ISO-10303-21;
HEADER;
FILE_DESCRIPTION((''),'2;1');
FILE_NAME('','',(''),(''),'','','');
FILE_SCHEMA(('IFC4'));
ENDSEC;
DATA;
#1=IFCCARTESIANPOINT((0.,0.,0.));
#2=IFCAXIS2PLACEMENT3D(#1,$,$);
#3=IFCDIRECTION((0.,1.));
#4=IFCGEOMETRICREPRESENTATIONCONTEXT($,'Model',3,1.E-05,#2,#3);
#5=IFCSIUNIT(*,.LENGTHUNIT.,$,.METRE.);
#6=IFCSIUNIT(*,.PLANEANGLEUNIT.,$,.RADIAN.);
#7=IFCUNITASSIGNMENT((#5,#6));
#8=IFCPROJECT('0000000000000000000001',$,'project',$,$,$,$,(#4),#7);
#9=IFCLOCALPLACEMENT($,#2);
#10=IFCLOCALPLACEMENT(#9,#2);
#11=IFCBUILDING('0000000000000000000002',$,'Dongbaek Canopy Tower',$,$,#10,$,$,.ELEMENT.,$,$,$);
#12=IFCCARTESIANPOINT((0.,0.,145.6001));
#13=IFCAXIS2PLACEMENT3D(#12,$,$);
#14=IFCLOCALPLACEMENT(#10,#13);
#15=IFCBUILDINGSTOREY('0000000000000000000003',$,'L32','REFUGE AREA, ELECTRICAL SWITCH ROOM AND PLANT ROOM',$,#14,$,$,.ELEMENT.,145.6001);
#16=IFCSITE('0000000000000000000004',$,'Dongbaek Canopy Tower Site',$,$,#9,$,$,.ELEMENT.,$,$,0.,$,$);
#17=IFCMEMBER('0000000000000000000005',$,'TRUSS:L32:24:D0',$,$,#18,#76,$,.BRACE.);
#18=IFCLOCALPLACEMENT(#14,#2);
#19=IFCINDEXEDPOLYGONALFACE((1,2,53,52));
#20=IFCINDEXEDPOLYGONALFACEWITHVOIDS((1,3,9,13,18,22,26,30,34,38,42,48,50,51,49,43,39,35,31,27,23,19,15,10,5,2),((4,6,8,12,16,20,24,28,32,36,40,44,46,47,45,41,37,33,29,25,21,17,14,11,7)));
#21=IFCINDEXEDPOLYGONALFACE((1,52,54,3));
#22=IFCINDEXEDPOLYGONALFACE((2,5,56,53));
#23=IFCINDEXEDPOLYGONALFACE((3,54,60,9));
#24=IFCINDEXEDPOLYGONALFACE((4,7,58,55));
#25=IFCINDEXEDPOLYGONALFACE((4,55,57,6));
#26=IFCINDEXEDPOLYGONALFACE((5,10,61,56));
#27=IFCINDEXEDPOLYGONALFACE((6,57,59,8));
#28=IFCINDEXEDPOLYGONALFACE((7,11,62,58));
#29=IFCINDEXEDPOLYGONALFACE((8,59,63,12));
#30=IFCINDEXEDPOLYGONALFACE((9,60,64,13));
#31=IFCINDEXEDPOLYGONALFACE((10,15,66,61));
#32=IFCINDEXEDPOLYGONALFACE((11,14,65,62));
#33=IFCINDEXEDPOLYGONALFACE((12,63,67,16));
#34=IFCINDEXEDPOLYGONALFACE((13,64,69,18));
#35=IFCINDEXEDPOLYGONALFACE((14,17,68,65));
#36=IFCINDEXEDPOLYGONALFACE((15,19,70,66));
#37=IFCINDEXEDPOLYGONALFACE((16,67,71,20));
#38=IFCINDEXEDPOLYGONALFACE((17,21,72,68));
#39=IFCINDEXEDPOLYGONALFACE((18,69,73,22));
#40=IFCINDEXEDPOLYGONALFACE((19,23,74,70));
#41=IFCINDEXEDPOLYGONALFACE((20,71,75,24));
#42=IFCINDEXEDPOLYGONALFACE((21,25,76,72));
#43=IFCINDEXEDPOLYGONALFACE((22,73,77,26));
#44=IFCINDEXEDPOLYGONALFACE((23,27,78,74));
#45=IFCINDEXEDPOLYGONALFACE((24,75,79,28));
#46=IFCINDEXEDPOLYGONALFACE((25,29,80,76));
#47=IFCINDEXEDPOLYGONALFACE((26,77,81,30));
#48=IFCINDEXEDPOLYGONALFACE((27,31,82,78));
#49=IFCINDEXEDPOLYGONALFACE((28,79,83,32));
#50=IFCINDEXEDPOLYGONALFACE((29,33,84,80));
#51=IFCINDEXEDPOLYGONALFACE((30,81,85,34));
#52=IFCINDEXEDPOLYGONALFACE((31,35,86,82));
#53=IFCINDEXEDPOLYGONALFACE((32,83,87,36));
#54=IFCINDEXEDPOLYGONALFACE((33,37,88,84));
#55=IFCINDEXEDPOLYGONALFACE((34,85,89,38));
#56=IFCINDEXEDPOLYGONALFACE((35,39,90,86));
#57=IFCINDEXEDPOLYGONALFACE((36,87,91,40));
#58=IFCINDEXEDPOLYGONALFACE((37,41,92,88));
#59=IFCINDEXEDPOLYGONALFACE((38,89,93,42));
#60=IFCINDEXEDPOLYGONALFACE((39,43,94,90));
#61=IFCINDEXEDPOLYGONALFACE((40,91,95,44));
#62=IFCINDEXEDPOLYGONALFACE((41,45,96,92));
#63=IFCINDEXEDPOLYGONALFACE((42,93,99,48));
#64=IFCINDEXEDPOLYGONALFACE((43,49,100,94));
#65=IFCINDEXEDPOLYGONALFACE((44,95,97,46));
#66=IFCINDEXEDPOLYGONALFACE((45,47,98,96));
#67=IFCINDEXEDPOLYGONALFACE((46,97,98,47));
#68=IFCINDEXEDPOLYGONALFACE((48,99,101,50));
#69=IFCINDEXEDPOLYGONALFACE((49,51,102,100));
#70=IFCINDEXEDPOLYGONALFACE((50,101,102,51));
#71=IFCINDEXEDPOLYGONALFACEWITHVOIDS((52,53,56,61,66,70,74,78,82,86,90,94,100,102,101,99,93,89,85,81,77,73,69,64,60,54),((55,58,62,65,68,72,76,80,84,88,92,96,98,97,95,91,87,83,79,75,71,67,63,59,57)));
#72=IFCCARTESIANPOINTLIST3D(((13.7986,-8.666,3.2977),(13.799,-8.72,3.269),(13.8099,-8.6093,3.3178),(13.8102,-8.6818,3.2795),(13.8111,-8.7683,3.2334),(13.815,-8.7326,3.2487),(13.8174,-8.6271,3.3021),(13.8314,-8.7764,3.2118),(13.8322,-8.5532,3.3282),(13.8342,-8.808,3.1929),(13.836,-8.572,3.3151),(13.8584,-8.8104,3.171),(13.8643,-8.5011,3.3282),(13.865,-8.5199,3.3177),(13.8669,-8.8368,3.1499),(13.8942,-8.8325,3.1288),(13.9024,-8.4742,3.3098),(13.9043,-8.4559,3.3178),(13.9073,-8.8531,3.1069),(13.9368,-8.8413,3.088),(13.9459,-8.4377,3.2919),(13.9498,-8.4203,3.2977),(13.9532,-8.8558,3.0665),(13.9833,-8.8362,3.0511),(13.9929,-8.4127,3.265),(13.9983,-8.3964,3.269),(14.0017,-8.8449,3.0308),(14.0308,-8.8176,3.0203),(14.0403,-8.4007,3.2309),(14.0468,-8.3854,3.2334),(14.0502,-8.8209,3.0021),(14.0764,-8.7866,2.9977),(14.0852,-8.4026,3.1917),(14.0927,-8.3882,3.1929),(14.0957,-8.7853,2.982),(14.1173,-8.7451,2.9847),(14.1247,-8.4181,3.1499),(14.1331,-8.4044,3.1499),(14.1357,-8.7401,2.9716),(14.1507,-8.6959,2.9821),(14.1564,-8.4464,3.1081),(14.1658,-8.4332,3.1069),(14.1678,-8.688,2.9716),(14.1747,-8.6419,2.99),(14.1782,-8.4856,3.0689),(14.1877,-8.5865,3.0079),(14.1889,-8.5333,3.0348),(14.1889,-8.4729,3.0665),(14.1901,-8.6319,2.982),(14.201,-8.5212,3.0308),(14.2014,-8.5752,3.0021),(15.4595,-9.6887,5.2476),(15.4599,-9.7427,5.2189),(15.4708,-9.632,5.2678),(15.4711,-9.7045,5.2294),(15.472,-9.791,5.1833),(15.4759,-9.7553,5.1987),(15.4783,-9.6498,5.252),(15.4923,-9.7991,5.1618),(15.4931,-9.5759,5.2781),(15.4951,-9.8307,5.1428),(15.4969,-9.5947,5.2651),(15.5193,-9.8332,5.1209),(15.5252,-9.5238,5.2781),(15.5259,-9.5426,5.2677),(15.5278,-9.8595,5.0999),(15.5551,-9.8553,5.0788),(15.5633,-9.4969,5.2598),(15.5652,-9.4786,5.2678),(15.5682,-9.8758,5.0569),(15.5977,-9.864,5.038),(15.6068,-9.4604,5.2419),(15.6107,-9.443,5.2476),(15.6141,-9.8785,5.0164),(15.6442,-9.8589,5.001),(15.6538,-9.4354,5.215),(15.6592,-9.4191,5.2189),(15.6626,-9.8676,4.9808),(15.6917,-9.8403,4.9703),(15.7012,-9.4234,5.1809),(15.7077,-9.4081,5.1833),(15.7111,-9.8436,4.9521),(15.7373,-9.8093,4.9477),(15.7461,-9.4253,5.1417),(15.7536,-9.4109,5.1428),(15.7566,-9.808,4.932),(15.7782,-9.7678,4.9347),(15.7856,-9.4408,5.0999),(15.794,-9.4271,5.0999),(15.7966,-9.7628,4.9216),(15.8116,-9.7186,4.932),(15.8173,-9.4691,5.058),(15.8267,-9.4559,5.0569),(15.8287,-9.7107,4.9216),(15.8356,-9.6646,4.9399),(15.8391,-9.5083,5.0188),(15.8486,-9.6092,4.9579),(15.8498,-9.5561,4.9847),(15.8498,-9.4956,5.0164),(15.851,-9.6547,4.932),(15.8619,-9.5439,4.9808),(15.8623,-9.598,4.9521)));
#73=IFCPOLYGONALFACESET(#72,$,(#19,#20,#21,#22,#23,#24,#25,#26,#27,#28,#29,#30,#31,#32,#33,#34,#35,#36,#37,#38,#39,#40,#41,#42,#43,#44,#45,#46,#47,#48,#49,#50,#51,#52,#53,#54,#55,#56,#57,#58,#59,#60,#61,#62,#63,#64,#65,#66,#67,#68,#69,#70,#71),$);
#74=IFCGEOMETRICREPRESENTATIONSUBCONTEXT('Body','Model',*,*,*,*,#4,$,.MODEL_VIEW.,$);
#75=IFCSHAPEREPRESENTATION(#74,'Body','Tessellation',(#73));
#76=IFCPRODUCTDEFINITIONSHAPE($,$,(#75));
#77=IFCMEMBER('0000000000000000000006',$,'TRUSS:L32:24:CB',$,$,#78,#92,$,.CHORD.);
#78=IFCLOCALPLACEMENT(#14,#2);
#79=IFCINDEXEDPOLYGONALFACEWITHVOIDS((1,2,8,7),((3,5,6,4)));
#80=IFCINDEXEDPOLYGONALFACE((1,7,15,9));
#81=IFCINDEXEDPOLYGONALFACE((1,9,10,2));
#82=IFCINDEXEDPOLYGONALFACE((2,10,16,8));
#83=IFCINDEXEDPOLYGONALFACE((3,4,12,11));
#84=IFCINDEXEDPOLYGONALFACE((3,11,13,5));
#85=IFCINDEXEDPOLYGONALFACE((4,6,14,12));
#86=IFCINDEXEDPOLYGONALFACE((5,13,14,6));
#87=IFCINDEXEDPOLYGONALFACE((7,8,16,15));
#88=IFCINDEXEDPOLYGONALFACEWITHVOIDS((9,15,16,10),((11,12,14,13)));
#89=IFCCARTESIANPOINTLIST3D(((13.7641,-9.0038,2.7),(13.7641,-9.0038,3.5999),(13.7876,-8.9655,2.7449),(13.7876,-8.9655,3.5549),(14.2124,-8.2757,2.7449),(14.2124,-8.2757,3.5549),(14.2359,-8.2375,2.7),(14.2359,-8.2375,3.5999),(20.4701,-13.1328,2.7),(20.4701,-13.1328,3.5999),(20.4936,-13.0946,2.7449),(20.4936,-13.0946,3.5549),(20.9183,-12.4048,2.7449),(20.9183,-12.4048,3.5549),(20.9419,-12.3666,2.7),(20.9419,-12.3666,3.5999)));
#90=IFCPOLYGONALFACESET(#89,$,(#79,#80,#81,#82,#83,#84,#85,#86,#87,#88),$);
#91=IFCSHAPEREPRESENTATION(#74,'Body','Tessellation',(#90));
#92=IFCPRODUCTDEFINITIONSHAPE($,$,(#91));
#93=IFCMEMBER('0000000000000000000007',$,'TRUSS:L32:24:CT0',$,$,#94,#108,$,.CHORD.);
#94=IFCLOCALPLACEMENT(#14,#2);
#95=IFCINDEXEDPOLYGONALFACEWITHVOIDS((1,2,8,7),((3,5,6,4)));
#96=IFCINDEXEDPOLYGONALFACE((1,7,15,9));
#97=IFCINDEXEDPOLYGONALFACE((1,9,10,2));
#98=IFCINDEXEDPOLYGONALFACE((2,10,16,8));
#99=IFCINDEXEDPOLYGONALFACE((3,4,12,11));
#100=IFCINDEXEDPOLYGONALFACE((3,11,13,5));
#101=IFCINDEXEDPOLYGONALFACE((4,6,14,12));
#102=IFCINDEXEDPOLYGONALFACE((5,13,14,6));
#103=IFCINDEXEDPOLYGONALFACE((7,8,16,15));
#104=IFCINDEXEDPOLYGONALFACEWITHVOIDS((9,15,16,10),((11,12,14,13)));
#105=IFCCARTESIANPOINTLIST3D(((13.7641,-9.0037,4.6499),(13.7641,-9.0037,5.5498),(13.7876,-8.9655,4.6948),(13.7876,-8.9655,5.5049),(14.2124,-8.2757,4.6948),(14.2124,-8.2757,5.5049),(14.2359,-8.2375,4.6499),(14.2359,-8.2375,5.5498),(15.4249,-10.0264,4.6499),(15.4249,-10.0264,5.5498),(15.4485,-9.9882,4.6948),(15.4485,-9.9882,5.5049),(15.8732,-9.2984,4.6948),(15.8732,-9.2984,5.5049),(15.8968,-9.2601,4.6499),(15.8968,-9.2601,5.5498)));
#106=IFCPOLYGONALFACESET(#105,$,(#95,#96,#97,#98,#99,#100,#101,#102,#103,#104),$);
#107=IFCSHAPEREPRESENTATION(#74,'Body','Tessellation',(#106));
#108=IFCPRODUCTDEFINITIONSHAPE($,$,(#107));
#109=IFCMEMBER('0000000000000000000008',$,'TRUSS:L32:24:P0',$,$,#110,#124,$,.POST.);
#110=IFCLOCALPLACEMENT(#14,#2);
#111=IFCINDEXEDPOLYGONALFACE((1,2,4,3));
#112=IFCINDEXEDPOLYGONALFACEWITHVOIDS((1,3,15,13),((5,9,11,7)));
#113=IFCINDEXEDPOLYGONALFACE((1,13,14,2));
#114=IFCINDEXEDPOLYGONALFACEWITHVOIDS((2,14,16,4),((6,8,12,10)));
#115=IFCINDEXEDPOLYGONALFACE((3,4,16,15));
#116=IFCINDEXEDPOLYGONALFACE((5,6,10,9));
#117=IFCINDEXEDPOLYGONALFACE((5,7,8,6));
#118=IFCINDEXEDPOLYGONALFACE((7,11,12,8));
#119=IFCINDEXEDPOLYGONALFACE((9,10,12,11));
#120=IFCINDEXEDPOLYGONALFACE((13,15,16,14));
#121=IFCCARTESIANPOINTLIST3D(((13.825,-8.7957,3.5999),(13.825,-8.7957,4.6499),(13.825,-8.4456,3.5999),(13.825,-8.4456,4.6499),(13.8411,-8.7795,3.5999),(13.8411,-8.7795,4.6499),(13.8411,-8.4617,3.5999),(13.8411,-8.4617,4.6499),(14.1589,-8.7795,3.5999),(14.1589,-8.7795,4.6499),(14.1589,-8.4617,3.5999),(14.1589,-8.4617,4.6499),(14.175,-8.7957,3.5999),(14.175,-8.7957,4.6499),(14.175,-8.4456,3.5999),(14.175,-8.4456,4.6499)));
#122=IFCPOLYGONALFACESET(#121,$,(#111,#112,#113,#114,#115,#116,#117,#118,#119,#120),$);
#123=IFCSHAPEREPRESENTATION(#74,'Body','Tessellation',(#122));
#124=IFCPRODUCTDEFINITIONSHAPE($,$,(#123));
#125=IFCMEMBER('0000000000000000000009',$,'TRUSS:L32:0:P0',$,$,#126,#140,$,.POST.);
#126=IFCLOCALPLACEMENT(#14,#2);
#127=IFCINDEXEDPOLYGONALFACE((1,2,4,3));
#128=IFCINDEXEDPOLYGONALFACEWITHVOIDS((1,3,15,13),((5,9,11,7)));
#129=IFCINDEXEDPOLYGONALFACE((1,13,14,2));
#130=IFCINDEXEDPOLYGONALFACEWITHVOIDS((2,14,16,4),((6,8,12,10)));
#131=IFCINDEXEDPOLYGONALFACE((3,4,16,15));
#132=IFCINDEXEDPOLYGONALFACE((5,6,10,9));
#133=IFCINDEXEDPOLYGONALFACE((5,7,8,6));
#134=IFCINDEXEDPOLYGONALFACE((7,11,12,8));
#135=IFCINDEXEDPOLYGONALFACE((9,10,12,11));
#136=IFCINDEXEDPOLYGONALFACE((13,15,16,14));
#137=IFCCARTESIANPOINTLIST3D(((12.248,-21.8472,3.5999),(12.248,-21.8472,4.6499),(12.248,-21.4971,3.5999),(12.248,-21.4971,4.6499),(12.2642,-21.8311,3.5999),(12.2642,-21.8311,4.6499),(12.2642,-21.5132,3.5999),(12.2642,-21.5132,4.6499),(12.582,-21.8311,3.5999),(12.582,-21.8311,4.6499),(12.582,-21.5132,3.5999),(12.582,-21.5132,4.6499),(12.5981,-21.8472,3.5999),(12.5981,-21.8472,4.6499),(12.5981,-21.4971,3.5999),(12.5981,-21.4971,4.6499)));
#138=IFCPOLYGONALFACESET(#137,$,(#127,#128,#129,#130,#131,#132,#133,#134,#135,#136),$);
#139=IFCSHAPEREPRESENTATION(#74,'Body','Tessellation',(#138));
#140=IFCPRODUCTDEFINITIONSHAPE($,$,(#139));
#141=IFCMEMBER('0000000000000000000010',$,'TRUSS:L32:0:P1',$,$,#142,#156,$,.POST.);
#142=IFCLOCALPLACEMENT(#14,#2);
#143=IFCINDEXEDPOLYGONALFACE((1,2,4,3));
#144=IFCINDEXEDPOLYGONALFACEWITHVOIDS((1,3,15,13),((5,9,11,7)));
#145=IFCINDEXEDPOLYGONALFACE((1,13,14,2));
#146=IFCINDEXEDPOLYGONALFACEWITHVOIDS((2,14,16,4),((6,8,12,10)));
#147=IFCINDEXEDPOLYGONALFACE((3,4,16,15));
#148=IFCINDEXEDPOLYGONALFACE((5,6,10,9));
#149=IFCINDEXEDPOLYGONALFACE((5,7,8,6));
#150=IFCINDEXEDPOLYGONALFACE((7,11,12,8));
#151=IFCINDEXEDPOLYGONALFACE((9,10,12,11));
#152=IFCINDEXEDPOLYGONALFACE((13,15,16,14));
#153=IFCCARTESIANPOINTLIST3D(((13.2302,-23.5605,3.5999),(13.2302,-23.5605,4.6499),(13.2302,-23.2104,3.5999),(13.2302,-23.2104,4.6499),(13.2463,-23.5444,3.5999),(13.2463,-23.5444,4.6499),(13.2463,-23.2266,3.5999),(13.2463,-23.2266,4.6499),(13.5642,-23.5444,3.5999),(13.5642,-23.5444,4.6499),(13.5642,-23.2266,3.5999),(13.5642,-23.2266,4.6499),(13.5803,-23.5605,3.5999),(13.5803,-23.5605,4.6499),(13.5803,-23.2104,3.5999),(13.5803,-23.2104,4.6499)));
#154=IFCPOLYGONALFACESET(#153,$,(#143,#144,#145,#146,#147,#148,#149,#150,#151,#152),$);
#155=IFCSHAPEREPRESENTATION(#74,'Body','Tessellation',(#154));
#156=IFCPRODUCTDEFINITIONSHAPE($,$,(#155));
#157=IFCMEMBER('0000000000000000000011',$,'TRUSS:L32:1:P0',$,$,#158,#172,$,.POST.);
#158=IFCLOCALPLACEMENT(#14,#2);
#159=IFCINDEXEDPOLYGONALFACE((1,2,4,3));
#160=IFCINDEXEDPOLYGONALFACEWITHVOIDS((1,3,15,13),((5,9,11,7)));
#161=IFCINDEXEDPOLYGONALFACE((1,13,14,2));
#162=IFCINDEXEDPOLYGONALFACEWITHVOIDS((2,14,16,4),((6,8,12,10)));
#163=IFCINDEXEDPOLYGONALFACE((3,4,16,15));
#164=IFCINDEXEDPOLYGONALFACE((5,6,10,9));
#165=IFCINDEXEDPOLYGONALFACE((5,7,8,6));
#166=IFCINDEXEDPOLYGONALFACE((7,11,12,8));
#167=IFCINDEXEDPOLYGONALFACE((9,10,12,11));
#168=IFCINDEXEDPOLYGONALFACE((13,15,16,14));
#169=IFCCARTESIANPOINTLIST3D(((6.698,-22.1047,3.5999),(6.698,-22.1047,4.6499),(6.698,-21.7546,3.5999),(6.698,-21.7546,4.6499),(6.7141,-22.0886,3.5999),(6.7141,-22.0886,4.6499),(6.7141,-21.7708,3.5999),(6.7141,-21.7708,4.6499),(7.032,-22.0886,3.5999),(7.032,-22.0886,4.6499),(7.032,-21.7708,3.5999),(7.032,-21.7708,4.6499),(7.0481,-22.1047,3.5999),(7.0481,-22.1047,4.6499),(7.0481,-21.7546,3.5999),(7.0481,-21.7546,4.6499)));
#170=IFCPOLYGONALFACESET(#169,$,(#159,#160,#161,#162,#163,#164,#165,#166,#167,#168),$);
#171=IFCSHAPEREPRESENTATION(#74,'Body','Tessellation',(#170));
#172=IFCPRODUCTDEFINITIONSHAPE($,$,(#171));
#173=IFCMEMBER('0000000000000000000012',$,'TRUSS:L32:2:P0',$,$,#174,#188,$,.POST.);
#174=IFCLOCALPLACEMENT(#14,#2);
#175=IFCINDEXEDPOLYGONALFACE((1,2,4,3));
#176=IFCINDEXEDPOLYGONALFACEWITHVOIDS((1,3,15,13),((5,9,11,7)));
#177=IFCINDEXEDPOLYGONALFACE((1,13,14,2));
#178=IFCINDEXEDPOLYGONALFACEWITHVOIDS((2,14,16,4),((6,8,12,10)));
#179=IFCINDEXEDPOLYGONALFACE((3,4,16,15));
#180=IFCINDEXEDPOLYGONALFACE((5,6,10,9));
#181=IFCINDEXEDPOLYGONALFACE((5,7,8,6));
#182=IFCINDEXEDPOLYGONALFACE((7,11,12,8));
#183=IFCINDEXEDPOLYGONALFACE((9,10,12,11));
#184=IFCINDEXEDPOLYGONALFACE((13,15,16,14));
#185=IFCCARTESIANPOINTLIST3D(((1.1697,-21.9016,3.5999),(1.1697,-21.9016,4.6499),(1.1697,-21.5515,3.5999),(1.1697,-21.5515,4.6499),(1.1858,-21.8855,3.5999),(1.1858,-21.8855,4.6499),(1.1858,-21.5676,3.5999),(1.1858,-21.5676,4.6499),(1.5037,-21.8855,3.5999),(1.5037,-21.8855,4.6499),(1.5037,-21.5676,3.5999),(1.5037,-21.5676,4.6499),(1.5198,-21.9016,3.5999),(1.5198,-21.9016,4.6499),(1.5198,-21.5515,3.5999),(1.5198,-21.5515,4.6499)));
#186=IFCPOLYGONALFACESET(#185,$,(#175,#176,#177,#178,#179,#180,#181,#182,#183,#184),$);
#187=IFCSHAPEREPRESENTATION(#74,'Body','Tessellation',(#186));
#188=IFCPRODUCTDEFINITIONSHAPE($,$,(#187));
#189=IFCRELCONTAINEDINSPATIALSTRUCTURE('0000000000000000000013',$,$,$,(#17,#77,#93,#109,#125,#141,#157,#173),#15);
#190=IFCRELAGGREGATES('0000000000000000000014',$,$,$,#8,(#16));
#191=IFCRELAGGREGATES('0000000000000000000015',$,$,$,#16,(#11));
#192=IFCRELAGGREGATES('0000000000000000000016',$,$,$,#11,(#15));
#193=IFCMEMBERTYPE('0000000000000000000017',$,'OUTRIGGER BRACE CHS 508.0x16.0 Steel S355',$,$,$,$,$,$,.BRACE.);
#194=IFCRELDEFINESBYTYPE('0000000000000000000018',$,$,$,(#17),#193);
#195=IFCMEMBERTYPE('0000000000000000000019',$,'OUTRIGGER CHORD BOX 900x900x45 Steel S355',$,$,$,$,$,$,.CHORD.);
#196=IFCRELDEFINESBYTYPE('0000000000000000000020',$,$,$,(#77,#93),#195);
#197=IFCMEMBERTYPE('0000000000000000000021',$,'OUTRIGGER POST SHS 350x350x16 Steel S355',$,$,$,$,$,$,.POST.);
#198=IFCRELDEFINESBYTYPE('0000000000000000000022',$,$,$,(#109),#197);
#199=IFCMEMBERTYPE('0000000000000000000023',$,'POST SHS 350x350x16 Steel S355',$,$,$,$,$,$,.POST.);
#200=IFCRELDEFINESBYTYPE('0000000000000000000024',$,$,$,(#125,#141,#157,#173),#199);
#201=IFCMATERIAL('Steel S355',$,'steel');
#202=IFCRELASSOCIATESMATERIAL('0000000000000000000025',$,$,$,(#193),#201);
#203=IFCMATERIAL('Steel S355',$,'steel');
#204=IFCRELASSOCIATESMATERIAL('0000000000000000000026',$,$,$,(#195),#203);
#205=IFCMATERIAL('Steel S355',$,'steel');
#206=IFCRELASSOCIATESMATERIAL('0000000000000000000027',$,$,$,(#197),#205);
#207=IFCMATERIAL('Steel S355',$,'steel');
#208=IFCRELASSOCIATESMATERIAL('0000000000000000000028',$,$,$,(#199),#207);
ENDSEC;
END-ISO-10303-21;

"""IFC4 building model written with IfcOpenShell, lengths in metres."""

from ifc_helpers import new_model, si_unit, direction, frame, origin, origin_2d, place, context, subcontext, project, spatial, hollow_rectangle, hollow_circle, extrude, material, material_profile, profile_set, type_object, element, save


model = new_model("IFC4")

# Units and contexts
model_context = context("Model", 3, precision=1e-05, world=origin(), true_north=direction((0.0, 1.0)))
body_context = subcontext(model_context, "Body", "Model", "MODEL_VIEW")
ifc_project = project(units=[si_unit("LENGTHUNIT", "METRE"), si_unit("PLANEANGLEUNIT", "RADIAN")], contexts=[model_context])

# Site, building, storey
site_placement = place(None, origin())
site = spatial("IfcSite", under=ifc_project, at=site_placement, Name="Dongbaek Canopy Tower Site", CompositionType="ELEMENT", RefElevation=0.0)
building_placement = place(site_placement, origin())
building = spatial("IfcBuilding", under=site, at=building_placement, Name="Dongbaek Canopy Tower", CompositionType="ELEMENT")
storey_placement = place(building_placement, frame((0.0, 0.0, 145.6001)))
storey = spatial("IfcBuildingStorey", under=building, at=storey_placement, Name="L32", Description="REFUGE AREA, ELECTRICAL SWITCH ROOM AND PLANT ROOM", CompositionType="ELEMENT", Elevation=145.6001)

# Members
ifc_material_1 = material(Name="Steel S355", Category="steel")
ifc_material_profile_1 = material_profile(ifc_material_1, hollow_circle(Radius=0.2539, WallThickness=0.0161, at=origin_2d()), Name="OUTRIGGER BRACE CHS 508.0x16.0 Steel S355")
ifc_profile_set_1 = profile_set([ifc_material_profile_1], Name="Steel S355")
member_type_1 = type_object("IfcMemberType", Name="OUTRIGGER BRACE CHS 508.0x16.0 Steel S355", PredefinedType="BRACE", material=ifc_profile_set_1)
member_1_placement = place(storey_placement, frame((14.0, -8.6206, 3.1499), z_axis=(0.602199, -0.370809, 0.707006), x_axis=(0.524328, 0.851516, 0.0)))
element("IfcMember", 1, at=member_1_placement, inside=storey, type_object=member_type_1, Name="TRUSS:L32:24:D0", PredefinedType="BRACE", context=body_context, shape_type="SweptSolid", body=[
    extrude(hollow_circle(Radius=0.2539, WallThickness=0.0161, at=origin_2d()), origin(), (0.0, 0.0, 1.0), 2.7581),
])
ifc_material_2 = material(Name="Steel S355", Category="steel")
ifc_material_profile_2 = material_profile(ifc_material_2, hollow_rectangle(XDim=0.8999, YDim=0.8999, WallThickness=0.0449, at=origin_2d()), Name="OUTRIGGER CHORD BOX 900x900x45 Steel S355")
ifc_profile_set_2 = profile_set([ifc_material_profile_2], Name="Steel S355")
member_type_2 = type_object("IfcMemberType", Name="OUTRIGGER CHORD BOX 900x900x45 Steel S355", PredefinedType="CHORD", material=ifc_profile_set_2)
member_2_placement = place(storey_placement, frame((14.0, -8.6206, 3.1499), z_axis=(0.851525, -0.524314, 0.0), x_axis=(0.524314, 0.851525, 0.0)))
element("IfcMember", 2, at=member_2_placement, inside=storey, type_object=member_type_2, Name="TRUSS:L32:24:CB", PredefinedType="CHORD", context=body_context, shape_type="SweptSolid", body=[
    extrude(hollow_rectangle(XDim=0.8999, YDim=0.8999, WallThickness=0.0449, at=origin_2d()), origin(), (0.0, 0.0, 1.0), 7.8752),
])
member_3_placement = place(storey_placement, frame((14.0, -8.6206, 5.0999), z_axis=(0.851516, -0.524328, 0.0), x_axis=(0.524328, 0.851516, 0.0)))
element("IfcMember", 3, at=member_3_placement, inside=storey, type_object=member_type_2, Name="TRUSS:L32:24:CT0", PredefinedType="CHORD", context=body_context, shape_type="SweptSolid", body=[
    extrude(hollow_rectangle(XDim=0.8999, YDim=0.8999, WallThickness=0.0449, at=origin_2d()), origin(), (0.0, 0.0, 1.0), 1.9504),
])
ifc_material_3 = material(Name="Steel S355", Category="steel")
ifc_material_profile_3 = material_profile(ifc_material_3, hollow_rectangle(XDim=0.3501, YDim=0.3501, WallThickness=0.0161, at=origin_2d()), Name="OUTRIGGER POST SHS 350x350x16 Steel S355")
ifc_profile_set_3 = profile_set([ifc_material_profile_3], Name="Steel S355")
member_type_3 = type_object("IfcMemberType", Name="OUTRIGGER POST SHS 350x350x16 Steel S355", PredefinedType="POST", material=ifc_profile_set_3)
member_4_placement = place(storey_placement, frame((14.0, -8.6206, 3.5999), z_axis=(0.0, 0.0, 1.0), x_axis=(1.0, 0.0, 0.0)))
element("IfcMember", 4, at=member_4_placement, inside=storey, type_object=member_type_3, Name="TRUSS:L32:24:P0", PredefinedType="POST", context=body_context, shape_type="SweptSolid", body=[
    extrude(hollow_rectangle(XDim=0.3501, YDim=0.3501, WallThickness=0.0161, at=origin_2d()), origin(), (0.0, 0.0, 1.0), 1.05),
])
ifc_material_4 = material(Name="Steel S355", Category="steel")
ifc_material_profile_4 = material_profile(ifc_material_4, hollow_rectangle(XDim=0.3501, YDim=0.3501, WallThickness=0.0161, at=origin_2d()), Name="POST SHS 350x350x16 Steel S355")
ifc_profile_set_4 = profile_set([ifc_material_profile_4], Name="Steel S355")
member_type_4 = type_object("IfcMemberType", Name="POST SHS 350x350x16 Steel S355", PredefinedType="POST", material=ifc_profile_set_4)
for number, where, z_axis, x_axis, name in (
    (5, (12.4231, -21.6721, 3.5999), (0.0, 0.0, 1.0), (1.0, 0.0, 0.0), "TRUSS:L32:0:P0"),
    (6, (13.4053, -23.3855, 3.5999), (0.0, 0.0, 1.0), (1.0, 0.0, 0.0), "TRUSS:L32:0:P1"),
    (7, (6.873, -21.9297, 3.5999), (0.0, 0.0, 1.0), (1.0, 0.0, 0.0), "TRUSS:L32:1:P0"),
    (8, (1.3447, -21.7266, 3.5999), (0.0, 0.0, 1.0), (1.0, 0.0, 0.0), "TRUSS:L32:2:P0"),
):
    element("IfcMember", number, at=place(storey_placement, frame(where, z_axis=z_axis, x_axis=x_axis)), inside=storey, type_object=member_type_4, Name=name, PredefinedType="POST", context=body_context, shape_type="SweptSolid", body=[
        extrude(hollow_rectangle(XDim=0.3501, YDim=0.3501, WallThickness=0.0161, at=origin_2d()), origin(), (0.0, 0.0, 1.0), 1.05),
    ])

save(model, "model.ifc")
